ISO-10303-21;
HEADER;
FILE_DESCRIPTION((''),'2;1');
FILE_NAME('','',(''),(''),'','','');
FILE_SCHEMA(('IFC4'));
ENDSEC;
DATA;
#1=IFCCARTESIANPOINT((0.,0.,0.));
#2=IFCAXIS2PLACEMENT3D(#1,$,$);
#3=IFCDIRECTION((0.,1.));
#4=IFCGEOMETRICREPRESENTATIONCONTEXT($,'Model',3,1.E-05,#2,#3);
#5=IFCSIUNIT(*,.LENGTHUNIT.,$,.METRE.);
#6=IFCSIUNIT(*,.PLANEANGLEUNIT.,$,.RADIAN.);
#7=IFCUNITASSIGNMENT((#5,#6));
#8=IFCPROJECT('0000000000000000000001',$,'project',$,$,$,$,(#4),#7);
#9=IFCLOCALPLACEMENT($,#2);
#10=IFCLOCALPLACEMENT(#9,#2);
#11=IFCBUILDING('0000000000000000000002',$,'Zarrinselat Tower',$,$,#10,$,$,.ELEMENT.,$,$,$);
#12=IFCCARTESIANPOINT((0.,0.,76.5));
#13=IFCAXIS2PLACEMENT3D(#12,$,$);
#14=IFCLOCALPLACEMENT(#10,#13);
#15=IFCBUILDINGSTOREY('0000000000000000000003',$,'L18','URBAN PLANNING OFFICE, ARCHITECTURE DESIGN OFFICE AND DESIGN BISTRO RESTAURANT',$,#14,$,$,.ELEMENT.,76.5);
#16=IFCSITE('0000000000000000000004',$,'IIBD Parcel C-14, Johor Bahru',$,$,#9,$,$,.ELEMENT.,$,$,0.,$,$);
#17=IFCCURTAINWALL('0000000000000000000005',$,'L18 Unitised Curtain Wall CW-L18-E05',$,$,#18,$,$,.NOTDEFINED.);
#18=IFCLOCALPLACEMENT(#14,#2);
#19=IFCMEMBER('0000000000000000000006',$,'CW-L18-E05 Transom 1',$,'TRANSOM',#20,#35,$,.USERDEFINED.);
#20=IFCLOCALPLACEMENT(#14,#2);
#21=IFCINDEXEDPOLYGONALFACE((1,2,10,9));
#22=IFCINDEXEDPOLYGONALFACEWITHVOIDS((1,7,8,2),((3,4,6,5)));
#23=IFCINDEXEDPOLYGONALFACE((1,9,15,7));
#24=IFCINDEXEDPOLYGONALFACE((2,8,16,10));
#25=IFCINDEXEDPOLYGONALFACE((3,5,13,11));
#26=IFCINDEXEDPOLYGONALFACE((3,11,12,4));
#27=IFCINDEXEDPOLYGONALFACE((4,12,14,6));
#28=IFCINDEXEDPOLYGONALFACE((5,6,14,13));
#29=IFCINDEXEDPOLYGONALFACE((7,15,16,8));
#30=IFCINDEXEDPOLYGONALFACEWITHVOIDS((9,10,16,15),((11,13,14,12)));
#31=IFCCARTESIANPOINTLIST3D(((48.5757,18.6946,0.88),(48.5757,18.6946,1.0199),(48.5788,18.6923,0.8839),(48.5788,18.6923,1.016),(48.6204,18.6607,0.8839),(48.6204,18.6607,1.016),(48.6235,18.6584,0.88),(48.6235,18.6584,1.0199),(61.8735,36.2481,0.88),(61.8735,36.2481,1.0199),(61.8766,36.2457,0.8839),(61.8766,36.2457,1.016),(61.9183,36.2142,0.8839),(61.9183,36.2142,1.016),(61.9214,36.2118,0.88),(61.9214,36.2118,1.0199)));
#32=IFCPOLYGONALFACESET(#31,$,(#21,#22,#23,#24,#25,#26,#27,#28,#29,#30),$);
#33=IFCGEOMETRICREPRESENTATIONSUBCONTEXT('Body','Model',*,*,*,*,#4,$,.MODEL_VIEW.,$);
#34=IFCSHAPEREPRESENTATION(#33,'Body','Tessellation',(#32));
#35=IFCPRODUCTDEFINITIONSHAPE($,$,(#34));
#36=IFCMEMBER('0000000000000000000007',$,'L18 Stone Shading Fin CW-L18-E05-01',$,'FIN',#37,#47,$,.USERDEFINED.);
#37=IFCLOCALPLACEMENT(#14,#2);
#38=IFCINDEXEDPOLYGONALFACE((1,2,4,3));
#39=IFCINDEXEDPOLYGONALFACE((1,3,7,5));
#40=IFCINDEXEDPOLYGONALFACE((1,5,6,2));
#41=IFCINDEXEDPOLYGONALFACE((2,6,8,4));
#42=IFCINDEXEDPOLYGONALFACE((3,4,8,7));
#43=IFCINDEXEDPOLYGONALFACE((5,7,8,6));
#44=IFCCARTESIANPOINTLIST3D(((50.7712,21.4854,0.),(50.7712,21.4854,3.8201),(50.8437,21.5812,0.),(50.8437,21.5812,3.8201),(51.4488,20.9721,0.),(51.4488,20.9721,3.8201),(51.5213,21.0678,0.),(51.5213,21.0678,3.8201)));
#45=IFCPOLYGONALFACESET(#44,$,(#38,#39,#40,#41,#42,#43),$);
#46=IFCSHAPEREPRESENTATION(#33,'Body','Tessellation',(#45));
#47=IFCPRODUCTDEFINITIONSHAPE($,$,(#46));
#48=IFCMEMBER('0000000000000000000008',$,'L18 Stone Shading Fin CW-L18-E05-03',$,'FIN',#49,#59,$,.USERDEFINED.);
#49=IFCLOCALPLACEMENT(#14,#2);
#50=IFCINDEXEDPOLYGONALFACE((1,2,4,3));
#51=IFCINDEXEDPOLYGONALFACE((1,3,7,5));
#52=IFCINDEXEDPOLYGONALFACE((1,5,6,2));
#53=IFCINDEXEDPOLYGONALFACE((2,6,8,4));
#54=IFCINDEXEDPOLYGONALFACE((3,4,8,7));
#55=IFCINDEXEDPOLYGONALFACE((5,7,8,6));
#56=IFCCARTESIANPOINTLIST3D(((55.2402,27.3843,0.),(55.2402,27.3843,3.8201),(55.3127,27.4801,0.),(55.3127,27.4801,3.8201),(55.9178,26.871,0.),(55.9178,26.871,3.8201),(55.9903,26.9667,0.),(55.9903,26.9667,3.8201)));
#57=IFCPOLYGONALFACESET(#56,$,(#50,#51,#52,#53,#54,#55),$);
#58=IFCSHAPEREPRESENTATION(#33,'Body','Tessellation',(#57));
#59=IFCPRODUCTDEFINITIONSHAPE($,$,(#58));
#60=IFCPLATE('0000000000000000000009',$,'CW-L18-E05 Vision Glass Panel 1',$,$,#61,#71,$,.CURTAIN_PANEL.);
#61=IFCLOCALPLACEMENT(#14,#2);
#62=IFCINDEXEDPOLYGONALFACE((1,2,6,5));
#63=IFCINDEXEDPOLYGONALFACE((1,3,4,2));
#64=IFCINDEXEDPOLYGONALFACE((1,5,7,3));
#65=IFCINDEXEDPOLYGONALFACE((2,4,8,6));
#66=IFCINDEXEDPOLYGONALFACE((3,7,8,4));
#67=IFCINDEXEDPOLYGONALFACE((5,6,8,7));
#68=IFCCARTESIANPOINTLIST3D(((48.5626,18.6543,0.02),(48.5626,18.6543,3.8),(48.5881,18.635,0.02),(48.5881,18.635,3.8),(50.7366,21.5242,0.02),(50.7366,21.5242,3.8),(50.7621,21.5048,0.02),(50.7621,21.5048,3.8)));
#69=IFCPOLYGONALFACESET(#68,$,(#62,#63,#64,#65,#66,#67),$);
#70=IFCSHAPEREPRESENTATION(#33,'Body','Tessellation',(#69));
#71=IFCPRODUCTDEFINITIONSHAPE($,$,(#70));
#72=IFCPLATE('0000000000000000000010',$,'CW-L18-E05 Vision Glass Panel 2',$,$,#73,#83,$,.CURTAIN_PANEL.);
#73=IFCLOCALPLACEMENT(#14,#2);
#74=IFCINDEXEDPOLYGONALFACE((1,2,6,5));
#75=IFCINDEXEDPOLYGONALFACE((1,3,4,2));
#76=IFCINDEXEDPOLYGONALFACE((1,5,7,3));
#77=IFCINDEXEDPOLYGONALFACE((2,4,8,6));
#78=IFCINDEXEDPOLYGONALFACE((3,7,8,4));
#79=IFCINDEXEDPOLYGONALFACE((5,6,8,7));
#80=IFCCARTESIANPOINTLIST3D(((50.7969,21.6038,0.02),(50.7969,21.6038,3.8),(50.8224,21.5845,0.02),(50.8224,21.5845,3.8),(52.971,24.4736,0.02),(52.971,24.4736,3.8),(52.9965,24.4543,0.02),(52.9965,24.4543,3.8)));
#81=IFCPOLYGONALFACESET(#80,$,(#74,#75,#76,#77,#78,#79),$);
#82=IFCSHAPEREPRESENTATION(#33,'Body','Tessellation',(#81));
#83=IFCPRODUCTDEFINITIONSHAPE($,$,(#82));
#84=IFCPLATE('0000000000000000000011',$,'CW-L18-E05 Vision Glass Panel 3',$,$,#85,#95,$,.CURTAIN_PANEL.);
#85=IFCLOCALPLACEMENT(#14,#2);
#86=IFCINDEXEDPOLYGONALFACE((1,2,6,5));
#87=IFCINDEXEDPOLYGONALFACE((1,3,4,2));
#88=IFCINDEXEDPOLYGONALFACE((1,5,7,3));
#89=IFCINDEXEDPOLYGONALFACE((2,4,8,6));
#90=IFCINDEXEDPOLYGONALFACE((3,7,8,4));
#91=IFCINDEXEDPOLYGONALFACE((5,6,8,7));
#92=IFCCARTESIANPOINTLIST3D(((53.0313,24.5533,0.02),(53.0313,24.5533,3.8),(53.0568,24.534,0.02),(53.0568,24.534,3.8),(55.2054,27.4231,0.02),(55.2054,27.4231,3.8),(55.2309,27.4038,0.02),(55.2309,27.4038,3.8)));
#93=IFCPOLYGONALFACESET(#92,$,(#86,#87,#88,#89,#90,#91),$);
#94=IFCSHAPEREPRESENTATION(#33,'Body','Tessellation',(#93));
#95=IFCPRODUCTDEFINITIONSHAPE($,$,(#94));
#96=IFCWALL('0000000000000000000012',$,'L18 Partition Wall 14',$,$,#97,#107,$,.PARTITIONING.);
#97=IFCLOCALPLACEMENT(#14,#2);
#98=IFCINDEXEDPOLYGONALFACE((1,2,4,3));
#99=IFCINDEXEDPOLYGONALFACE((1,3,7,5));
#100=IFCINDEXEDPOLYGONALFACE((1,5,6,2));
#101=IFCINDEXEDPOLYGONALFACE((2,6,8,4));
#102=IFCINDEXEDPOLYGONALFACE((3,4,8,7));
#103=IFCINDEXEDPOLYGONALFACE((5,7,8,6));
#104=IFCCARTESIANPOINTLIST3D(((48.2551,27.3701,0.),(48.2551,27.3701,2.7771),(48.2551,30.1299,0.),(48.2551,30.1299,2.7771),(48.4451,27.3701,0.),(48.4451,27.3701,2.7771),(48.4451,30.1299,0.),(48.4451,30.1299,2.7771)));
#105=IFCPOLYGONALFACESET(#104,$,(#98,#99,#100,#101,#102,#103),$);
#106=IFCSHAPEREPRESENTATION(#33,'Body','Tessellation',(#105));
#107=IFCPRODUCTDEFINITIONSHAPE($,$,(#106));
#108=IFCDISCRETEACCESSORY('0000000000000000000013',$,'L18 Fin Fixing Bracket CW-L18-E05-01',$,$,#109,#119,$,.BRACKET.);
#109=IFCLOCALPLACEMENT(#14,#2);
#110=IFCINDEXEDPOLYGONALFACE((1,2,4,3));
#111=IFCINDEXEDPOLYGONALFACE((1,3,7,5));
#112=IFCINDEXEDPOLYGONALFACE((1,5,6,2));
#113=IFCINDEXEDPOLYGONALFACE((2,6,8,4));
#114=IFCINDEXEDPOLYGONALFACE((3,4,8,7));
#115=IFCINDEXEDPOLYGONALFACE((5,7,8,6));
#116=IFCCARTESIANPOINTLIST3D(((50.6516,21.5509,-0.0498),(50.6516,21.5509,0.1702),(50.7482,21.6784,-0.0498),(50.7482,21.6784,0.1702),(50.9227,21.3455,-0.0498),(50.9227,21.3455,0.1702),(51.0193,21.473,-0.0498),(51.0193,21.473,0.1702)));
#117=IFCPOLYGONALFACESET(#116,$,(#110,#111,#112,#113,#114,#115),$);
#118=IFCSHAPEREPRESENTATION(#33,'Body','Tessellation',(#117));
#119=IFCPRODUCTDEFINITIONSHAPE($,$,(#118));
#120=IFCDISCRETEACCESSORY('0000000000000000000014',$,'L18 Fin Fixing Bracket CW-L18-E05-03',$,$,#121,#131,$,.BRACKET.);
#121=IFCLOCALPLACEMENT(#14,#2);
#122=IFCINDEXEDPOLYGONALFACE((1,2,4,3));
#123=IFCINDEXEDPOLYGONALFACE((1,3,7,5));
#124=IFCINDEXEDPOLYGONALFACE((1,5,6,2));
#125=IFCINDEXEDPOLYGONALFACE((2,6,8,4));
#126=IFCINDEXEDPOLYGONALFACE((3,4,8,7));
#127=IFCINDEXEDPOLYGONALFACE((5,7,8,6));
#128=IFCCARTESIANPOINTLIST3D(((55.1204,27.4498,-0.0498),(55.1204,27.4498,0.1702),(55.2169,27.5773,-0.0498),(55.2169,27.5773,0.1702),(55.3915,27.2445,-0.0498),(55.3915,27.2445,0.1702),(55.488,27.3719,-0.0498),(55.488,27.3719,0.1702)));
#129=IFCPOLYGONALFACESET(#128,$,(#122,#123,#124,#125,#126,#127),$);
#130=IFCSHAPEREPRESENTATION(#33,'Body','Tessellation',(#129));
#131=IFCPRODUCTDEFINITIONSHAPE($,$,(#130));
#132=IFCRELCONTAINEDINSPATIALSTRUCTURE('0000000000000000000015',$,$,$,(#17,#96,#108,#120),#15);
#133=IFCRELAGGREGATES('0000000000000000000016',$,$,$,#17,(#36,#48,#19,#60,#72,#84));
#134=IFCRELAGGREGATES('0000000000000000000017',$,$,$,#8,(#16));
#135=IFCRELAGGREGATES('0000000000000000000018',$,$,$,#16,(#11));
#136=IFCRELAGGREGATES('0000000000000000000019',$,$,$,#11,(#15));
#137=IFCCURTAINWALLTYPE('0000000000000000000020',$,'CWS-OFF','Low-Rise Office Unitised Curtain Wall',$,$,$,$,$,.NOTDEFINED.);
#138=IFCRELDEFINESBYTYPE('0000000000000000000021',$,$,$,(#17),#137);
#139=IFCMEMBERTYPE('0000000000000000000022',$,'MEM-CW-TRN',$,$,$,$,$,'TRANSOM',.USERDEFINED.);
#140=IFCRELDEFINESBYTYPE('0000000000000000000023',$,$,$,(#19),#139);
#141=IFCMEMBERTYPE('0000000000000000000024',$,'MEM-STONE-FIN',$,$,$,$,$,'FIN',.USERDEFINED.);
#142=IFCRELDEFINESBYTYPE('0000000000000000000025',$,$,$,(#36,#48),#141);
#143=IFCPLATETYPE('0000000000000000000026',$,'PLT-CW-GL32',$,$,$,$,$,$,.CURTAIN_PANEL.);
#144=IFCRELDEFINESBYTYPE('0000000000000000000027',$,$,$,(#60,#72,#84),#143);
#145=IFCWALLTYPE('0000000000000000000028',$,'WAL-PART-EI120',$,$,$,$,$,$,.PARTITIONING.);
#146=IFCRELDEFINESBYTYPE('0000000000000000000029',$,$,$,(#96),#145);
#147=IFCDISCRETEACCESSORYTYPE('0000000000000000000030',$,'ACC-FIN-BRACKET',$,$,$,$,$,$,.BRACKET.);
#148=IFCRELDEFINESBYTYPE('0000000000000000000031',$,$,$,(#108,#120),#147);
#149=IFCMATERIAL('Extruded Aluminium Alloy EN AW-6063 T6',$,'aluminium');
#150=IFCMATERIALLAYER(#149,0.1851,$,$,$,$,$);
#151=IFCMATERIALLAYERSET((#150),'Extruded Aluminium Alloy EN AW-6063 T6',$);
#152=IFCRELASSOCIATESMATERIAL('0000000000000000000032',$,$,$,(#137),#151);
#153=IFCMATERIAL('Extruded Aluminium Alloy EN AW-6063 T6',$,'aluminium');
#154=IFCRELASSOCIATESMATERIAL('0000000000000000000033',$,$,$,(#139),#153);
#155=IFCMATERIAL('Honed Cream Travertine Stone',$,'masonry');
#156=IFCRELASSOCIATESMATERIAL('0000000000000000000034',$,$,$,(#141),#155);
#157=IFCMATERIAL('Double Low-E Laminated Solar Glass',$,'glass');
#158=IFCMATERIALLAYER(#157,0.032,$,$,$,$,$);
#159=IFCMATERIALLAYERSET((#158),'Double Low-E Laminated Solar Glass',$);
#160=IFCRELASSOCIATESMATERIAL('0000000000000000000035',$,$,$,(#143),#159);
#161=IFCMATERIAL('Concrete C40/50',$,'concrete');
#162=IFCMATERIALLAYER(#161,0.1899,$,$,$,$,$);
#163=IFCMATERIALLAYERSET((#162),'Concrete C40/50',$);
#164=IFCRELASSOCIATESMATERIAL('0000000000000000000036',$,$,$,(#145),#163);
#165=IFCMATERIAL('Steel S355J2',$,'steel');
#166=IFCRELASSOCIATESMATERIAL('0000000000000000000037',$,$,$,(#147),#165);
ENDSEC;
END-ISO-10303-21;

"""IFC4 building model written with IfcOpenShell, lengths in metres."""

from ifc_helpers import new_model, si_unit, direction, frame, frame_2d, origin, origin_2d, place, context, subcontext, project, spatial, rectangle, hollow_rectangle, extrude, material, layer, layer_set, material_profile, profile_set, type_object, element, aggregate, save


model = new_model("IFC4")

# Units and contexts
model_context = context("Model", 3, precision=1e-05, world=origin(), true_north=direction((0.0, 1.0)))
body_context = subcontext(model_context, "Body", "Model", "MODEL_VIEW")
ifc_project = project(units=[si_unit("LENGTHUNIT", "METRE"), si_unit("PLANEANGLEUNIT", "RADIAN")], contexts=[model_context])

# Site, building, storey
site_placement = place(None, origin())
site = spatial("IfcSite", under=ifc_project, at=site_placement, Name="IIBD Parcel C-14, Johor Bahru", CompositionType="ELEMENT", RefElevation=0.0)
building_placement = place(site_placement, origin())
building = spatial("IfcBuilding", under=site, at=building_placement, Name="Zarrinselat Tower", CompositionType="ELEMENT")
storey_placement = place(building_placement, frame((0.0, 0.0, 76.5)))
storey = spatial("IfcBuildingStorey", under=building, at=storey_placement, Name="L18", Description="URBAN PLANNING OFFICE, ARCHITECTURE DESIGN OFFICE AND DESIGN BISTRO RESTAURANT", CompositionType="ELEMENT", Elevation=76.5)

# Shared definitions
ifc_material_1 = material(Name="Extruded Aluminium Alloy EN AW-6063 T6", Category="aluminium")
ifc_layer_1 = layer(ifc_material_1, 0.1851)
ifc_layer_set_1 = layer_set([ifc_layer_1], Name="Extruded Aluminium Alloy EN AW-6063 T6")
curtain_wall_type = type_object("IfcCurtainWallType", Name="CWS-OFF", Description="Low-Rise Office Unitised Curtain Wall", PredefinedType="NOTDEFINED", material=ifc_layer_set_1)

# Curtain wall, members, plates
curtain_wall_1_placement = place(storey_placement, origin())
curtain_wall_1 = element("IfcCurtainWall", 1, at=curtain_wall_1_placement, inside=storey, type_object=curtain_wall_type, Name="L18 Unitised Curtain Wall CW-L18-E05", PredefinedType="NOTDEFINED")
ifc_material_2 = material(Name="Extruded Aluminium Alloy EN AW-6063 T6", Category="aluminium")
ifc_material_profile_1 = material_profile(ifc_material_2, hollow_rectangle(XDim=0.0601, YDim=0.1399, WallThickness=0.0039, at=origin_2d()), Name="RHS 140x60x4")
ifc_profile_set_1 = profile_set([ifc_material_profile_1], Name="Extruded Aluminium Alloy EN AW-6063 T6")
member_type_1 = type_object("IfcMemberType", Name="MEM-CW-TRN", ElementType="TRANSOM", PredefinedType="USERDEFINED", material=ifc_profile_set_1)
member_1_placement = place(storey_placement, frame((48.5996, 18.6765, 0.95), z_axis=(0.603851, 0.797097, 0.0), x_axis=(-0.797097, 0.603851, 0.0)))
member_1 = element("IfcMember", 2, at=member_1_placement, type_object=member_type_1, Name="CW-L18-E05 Transom 1", ObjectType="TRANSOM", PredefinedType="USERDEFINED", context=body_context, shape_type="SweptSolid", body=[
    extrude(hollow_rectangle(XDim=0.0601, YDim=0.1399, WallThickness=0.0039, at=origin_2d()), origin(), (0.0, 0.0, 1.0), 22.0217),
])
ifc_material_3 = material(Name="Honed Cream Travertine Stone", Category="masonry")
ifc_material_profile_2 = material_profile(ifc_material_3, rectangle(XDim=0.1201, YDim=0.8501, at=origin_2d()), Name="FIN 850x120")
ifc_profile_set_2 = profile_set([ifc_material_profile_2], Name="Honed Cream Travertine Stone")
member_type_2 = type_object("IfcMemberType", Name="MEM-STONE-FIN", ElementType="FIN", PredefinedType="USERDEFINED", material=ifc_profile_set_2)
member_2_placement = place(storey_placement, frame((51.1462, 21.2766, 0.0), z_axis=(0.0, 0.0, 1.0), x_axis=(-0.603855, -0.797094, 0.0)))
member_2 = element("IfcMember", 3, at=member_2_placement, type_object=member_type_2, Name="L18 Stone Shading Fin CW-L18-E05-01", ObjectType="FIN", PredefinedType="USERDEFINED", context=body_context, shape_type="SweptSolid", body=[
    extrude(rectangle(XDim=0.1201, YDim=0.8501, at=origin_2d()), origin(), (0.0, 0.0, 1.0), 3.8201),
])
member_3_placement = place(storey_placement, frame((55.6152, 27.1755, 0.0), z_axis=(0.0, 0.0, 1.0), x_axis=(-0.603855, -0.797094, 0.0)))
member_3 = element("IfcMember", 4, at=member_3_placement, type_object=member_type_2, Name="L18 Stone Shading Fin CW-L18-E05-03", ObjectType="FIN", PredefinedType="USERDEFINED", context=body_context, shape_type="SweptSolid", body=[
    extrude(rectangle(XDim=0.1201, YDim=0.8501, at=origin_2d()), origin(), (0.0, 0.0, 1.0), 3.8201),
])
ifc_material_4 = material(Name="Double Low-E Laminated Solar Glass", Category="glass")
ifc_layer_2 = layer(ifc_material_4, 0.032)
ifc_layer_set_2 = layer_set([ifc_layer_2], Name="Double Low-E Laminated Solar Glass")
plate_type = type_object("IfcPlateType", Name="PLT-CW-GL32", PredefinedType="CURTAIN_PANEL", material=ifc_layer_set_2)
plate_1_placement = place(storey_placement, frame((49.6624, 20.0796, 0.02), z_axis=(0.0, 0.0, 1.0), x_axis=(0.603855, 0.797094, 0.0)))
plate_1 = element("IfcPlate", 5, at=plate_1_placement, type_object=plate_type, Name="CW-L18-E05 Vision Glass Panel 1", PredefinedType="CURTAIN_PANEL", context=body_context, shape_type="SweptSolid", body=[
    extrude(rectangle(XDim=3.6003, YDim=0.032, at=origin_2d()), origin(), (0.0, 0.0, 1.0), 3.78),
])
plate_2_placement = place(storey_placement, frame((51.8967, 23.0291, 0.02), z_axis=(0.0, 0.0, 1.0), x_axis=(0.603855, 0.797094, 0.0)))
plate_2 = element("IfcPlate", 6, at=plate_2_placement, type_object=plate_type, Name="CW-L18-E05 Vision Glass Panel 2", PredefinedType="CURTAIN_PANEL", context=body_context, shape_type="SweptSolid", body=[
    extrude(rectangle(XDim=3.6003, YDim=0.032, at=origin_2d()), origin(), (0.0, 0.0, 1.0), 3.78),
])
plate_3_placement = place(storey_placement, frame((54.1311, 25.9785, 0.02), z_axis=(0.0, 0.0, 1.0), x_axis=(0.603855, 0.797094, 0.0)))
plate_3 = element("IfcPlate", 7, at=plate_3_placement, type_object=plate_type, Name="CW-L18-E05 Vision Glass Panel 3", PredefinedType="CURTAIN_PANEL", context=body_context, shape_type="SweptSolid", body=[
    extrude(rectangle(XDim=3.6003, YDim=0.032, at=origin_2d()), origin(), (0.0, 0.0, 1.0), 3.78),
])
aggregate(curtain_wall_1, [member_2, member_3, member_1, plate_1, plate_2, plate_3])

# Wall
ifc_material_5 = material(Name="Concrete C40/50", Category="concrete")
ifc_layer_3 = layer(ifc_material_5, 0.1899)
ifc_layer_set_3 = layer_set([ifc_layer_3], Name="Concrete C40/50")
wall_type = type_object("IfcWallType", Name="WAL-PART-EI120", PredefinedType="PARTITIONING", material=ifc_layer_set_3)
wall_placement = place(storey_placement, frame((48.3501, 27.3701, 0.0), z_axis=(0.0, 0.0, 1.0), x_axis=(0.0, 1.0, 0.0)))
element("IfcWall", 8, at=wall_placement, inside=storey, type_object=wall_type, Name="L18 Partition Wall 14", PredefinedType="PARTITIONING", context=body_context, shape_type="SweptSolid", body=[
    extrude(rectangle(XDim=2.7598, YDim=0.1899, at=frame_2d((1.3799, 0.0))), origin(), (0.0, 0.0, 1.0), 2.7771),
])

# Discrete accessories
ifc_material_6 = material(Name="Steel S355J2", Category="steel")
discrete_accessory_type = type_object("IfcDiscreteAccessoryType", Name="ACC-FIN-BRACKET", PredefinedType="BRACKET", material=ifc_material_6)
for number, where, z_axis, x_axis, name in (
    (9, (50.8354, 21.512, -0.0498), (0.0, 0.0, 1.0), (0.797094, -0.603855, 0.0), "L18 Fin Fixing Bracket CW-L18-E05-01"),
    (10, (55.3042, 27.4109, -0.0498), (0.0, 0.0, 1.0), (0.797094, -0.603855, 0.0), "L18 Fin Fixing Bracket CW-L18-E05-03"),
):
    element("IfcDiscreteAccessory", number, at=place(storey_placement, frame(where, z_axis=z_axis, x_axis=x_axis)), inside=storey, type_object=discrete_accessory_type, Name=name, PredefinedType="BRACKET", context=body_context, shape_type="SweptSolid", body=[
        extrude(rectangle(XDim=0.3401, YDim=0.1599, at=origin_2d()), origin(), (0.0, 0.0, 1.0), 0.22),
    ])

save(model, "model.ifc")
